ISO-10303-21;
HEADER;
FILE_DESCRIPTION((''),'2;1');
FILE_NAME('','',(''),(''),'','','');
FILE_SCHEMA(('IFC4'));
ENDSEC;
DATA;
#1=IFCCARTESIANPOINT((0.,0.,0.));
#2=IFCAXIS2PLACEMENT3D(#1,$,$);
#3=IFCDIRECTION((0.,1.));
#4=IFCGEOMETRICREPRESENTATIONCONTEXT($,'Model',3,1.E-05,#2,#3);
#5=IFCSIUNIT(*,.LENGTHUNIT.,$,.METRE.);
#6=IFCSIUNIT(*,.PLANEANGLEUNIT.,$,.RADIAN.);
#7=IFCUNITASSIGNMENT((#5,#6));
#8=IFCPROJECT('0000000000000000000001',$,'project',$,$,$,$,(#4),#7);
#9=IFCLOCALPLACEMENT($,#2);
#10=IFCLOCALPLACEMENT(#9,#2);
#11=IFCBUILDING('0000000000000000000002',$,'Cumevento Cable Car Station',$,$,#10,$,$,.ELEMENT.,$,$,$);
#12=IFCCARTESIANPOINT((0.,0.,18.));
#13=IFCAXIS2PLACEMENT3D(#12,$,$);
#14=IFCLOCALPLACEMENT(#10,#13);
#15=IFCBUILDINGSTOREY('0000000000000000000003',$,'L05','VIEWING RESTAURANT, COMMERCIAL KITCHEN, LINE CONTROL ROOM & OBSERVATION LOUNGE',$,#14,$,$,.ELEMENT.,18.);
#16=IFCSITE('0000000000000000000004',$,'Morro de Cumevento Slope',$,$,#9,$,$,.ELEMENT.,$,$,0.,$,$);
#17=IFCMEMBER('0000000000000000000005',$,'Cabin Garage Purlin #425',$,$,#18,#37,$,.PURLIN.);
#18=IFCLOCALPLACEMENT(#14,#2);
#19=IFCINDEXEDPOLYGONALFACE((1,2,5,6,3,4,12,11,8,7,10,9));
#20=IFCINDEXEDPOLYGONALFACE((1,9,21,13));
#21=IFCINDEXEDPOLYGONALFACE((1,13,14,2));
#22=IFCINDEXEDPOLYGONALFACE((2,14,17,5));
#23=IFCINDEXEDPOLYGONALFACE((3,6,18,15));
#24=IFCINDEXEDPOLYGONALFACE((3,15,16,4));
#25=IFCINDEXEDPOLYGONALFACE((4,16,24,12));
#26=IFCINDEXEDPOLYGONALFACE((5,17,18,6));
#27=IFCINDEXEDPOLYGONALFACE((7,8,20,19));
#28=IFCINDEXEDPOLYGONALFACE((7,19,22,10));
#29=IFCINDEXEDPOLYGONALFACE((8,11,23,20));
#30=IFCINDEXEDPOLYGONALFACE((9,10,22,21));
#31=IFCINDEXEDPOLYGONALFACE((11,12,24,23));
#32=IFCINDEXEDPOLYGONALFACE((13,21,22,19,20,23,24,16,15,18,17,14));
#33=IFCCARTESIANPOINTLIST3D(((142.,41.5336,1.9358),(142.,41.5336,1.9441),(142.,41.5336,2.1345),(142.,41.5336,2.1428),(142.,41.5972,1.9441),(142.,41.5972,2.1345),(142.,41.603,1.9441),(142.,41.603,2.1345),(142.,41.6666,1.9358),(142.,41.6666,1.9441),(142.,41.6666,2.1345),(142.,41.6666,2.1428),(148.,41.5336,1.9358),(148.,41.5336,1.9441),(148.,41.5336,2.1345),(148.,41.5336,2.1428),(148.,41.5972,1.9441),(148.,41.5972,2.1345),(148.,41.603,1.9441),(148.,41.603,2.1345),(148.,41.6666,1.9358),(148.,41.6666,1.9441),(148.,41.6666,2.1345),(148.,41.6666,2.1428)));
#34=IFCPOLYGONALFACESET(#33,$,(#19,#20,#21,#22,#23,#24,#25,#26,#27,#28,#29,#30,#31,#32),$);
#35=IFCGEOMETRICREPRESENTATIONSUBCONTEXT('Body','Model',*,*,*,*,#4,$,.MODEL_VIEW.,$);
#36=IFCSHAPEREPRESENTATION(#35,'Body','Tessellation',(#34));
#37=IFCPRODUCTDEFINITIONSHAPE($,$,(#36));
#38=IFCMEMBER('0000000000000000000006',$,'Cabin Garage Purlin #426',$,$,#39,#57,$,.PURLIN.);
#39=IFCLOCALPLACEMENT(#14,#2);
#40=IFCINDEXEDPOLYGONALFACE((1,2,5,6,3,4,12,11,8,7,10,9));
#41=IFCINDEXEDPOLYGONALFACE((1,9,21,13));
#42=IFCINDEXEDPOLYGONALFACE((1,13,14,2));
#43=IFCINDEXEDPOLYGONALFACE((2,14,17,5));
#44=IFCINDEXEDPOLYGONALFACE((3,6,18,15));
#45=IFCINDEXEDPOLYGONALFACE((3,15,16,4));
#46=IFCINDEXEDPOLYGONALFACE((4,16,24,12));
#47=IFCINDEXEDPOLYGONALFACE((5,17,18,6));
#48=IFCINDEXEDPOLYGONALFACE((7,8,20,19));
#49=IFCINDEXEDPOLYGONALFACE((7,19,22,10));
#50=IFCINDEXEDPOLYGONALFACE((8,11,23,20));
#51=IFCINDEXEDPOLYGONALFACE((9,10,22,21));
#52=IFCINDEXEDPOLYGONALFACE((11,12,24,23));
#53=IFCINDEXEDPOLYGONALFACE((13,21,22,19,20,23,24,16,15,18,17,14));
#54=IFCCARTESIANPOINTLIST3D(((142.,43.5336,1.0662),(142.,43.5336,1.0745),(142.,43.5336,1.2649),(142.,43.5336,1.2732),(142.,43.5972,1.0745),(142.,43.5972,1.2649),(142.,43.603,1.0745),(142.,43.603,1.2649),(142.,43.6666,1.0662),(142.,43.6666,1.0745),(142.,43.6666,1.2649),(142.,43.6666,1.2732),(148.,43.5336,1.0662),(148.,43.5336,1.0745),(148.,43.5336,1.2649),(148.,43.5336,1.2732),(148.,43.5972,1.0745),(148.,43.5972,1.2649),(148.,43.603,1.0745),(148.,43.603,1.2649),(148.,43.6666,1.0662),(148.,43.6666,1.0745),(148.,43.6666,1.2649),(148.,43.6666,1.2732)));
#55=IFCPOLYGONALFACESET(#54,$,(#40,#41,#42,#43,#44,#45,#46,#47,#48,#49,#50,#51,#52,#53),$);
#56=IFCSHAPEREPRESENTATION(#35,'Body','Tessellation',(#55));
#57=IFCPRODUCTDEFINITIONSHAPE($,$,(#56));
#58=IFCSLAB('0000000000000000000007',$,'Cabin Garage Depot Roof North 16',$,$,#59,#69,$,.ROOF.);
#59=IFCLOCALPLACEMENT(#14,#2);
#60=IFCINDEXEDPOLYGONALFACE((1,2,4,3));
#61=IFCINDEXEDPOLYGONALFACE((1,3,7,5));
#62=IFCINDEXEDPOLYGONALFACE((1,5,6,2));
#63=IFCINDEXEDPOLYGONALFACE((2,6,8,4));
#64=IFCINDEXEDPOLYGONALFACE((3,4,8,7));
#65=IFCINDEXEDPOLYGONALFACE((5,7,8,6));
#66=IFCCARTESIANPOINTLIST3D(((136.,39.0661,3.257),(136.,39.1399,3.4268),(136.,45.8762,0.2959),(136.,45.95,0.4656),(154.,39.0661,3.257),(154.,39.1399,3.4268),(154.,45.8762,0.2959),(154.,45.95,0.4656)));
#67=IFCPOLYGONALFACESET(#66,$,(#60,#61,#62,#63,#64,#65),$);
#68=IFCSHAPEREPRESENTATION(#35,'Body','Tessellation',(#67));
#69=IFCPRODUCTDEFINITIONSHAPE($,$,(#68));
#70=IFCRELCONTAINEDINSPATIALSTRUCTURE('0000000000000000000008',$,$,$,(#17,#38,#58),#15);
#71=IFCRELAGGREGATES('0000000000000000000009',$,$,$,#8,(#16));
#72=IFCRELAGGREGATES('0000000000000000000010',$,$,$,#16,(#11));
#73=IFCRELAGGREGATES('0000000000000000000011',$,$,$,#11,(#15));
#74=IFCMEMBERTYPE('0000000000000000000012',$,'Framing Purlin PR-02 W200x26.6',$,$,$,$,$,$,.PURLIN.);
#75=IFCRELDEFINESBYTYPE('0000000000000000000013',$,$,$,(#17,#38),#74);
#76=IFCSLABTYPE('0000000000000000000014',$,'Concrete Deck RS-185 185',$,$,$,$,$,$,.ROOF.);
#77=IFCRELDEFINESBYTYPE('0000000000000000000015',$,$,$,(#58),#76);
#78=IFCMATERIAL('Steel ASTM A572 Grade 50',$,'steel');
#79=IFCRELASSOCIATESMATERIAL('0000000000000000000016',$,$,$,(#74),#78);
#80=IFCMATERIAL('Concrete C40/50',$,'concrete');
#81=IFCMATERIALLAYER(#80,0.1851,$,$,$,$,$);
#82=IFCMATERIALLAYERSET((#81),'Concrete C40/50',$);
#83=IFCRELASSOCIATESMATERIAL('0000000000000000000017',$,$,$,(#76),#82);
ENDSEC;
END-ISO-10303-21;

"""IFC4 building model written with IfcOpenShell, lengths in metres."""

from ifc_helpers import new_model, si_unit, direction, frame, origin, origin_2d, place, context, subcontext, project, spatial, polyline, i_section, outline, extrude, material, layer, layer_set, material_profile, profile_set, type_object, element, save


model = new_model("IFC4")

# Units and contexts
model_context = context("Model", 3, precision=1e-05, world=origin(), true_north=direction((0.0, 1.0)))
body_context = subcontext(model_context, "Body", "Model", "MODEL_VIEW")
ifc_project = project(units=[si_unit("LENGTHUNIT", "METRE"), si_unit("PLANEANGLEUNIT", "RADIAN")], contexts=[model_context])

# Site, building, storey
site_placement = place(None, origin())
site = spatial("IfcSite", under=ifc_project, at=site_placement, Name="Morro de Cumevento Slope", CompositionType="ELEMENT", RefElevation=0.0)
building_placement = place(site_placement, origin())
building = spatial("IfcBuilding", under=site, at=building_placement, Name="Cumevento Cable Car Station", CompositionType="ELEMENT")
storey_placement = place(building_placement, frame((0.0, 0.0, 18.0)))
storey = spatial("IfcBuildingStorey", under=building, at=storey_placement, Name="L05", Description="VIEWING RESTAURANT, COMMERCIAL KITCHEN, LINE CONTROL ROOM & OBSERVATION LOUNGE", CompositionType="ELEMENT", Elevation=18.0)

# Members
ifc_material_1 = material(Name="Steel ASTM A572 Grade 50", Category="steel")
ifc_material_profile_1 = material_profile(ifc_material_1, i_section(OverallWidth=0.1331, OverallDepth=0.207, WebThickness=0.0059, FlangeThickness=0.0083, at=origin_2d()), Name="W200x26.6")
ifc_profile_set_1 = profile_set([ifc_material_profile_1], Name="Steel ASTM A572 Grade 50")
member_type_1 = type_object("IfcMemberType", Name="Framing Purlin PR-02 W200x26.6", PredefinedType="PURLIN", material=ifc_profile_set_1)
for number, where, z_axis, x_axis, name in (
    (1, (142.0, 41.6001, 2.0393), (1.0, 0.0, 0.0), (0.0, 1.0, 0.0), "Cabin Garage Purlin #425"),
    (2, (142.0, 43.6001, 1.1697), (1.0, 0.0, 0.0), (0.0, 1.0, 0.0), "Cabin Garage Purlin #426"),
):
    element("IfcMember", number, at=place(storey_placement, frame(where, z_axis=z_axis, x_axis=x_axis)), inside=storey, type_object=member_type_1, Name=name, PredefinedType="PURLIN", context=body_context, shape_type="SweptSolid", body=[
        extrude(i_section(OverallWidth=0.1331, OverallDepth=0.207, WebThickness=0.0059, FlangeThickness=0.0083, at=origin_2d()), origin(), (0.0, 0.0, 1.0), 6.0),
    ])

# Slab
ifc_material_2 = material(Name="Concrete C40/50", Category="concrete")
ifc_layer = layer(ifc_material_2, 0.1851)
ifc_layer_set = layer_set([ifc_layer], Name="Concrete C40/50")
slab_type = type_object("IfcSlabType", Name="Concrete Deck RS-185 185", PredefinedType="ROOF", material=ifc_layer_set)
slab_placement = place(storey_placement, frame((136.0, 39.1399, 3.4268), z_axis=(0.0, 0.398759, 0.917056), x_axis=(1.0, 0.0, 0.0)))
element("IfcSlab", 3, at=slab_placement, inside=storey, type_object=slab_type, Name="Cabin Garage Depot Roof North 16", PredefinedType="ROOF", context=body_context, shape_type="SweptSolid", body=[
    extrude(outline(polyline([(0.0, 0.0), (18.0, 0.0), (18.0, 7.426), (0.0, 7.426), (0.0, 0.0)])), origin(), (0.0, 0.0, -1.0), 0.1851),
])

save(model, "model.ifc")
